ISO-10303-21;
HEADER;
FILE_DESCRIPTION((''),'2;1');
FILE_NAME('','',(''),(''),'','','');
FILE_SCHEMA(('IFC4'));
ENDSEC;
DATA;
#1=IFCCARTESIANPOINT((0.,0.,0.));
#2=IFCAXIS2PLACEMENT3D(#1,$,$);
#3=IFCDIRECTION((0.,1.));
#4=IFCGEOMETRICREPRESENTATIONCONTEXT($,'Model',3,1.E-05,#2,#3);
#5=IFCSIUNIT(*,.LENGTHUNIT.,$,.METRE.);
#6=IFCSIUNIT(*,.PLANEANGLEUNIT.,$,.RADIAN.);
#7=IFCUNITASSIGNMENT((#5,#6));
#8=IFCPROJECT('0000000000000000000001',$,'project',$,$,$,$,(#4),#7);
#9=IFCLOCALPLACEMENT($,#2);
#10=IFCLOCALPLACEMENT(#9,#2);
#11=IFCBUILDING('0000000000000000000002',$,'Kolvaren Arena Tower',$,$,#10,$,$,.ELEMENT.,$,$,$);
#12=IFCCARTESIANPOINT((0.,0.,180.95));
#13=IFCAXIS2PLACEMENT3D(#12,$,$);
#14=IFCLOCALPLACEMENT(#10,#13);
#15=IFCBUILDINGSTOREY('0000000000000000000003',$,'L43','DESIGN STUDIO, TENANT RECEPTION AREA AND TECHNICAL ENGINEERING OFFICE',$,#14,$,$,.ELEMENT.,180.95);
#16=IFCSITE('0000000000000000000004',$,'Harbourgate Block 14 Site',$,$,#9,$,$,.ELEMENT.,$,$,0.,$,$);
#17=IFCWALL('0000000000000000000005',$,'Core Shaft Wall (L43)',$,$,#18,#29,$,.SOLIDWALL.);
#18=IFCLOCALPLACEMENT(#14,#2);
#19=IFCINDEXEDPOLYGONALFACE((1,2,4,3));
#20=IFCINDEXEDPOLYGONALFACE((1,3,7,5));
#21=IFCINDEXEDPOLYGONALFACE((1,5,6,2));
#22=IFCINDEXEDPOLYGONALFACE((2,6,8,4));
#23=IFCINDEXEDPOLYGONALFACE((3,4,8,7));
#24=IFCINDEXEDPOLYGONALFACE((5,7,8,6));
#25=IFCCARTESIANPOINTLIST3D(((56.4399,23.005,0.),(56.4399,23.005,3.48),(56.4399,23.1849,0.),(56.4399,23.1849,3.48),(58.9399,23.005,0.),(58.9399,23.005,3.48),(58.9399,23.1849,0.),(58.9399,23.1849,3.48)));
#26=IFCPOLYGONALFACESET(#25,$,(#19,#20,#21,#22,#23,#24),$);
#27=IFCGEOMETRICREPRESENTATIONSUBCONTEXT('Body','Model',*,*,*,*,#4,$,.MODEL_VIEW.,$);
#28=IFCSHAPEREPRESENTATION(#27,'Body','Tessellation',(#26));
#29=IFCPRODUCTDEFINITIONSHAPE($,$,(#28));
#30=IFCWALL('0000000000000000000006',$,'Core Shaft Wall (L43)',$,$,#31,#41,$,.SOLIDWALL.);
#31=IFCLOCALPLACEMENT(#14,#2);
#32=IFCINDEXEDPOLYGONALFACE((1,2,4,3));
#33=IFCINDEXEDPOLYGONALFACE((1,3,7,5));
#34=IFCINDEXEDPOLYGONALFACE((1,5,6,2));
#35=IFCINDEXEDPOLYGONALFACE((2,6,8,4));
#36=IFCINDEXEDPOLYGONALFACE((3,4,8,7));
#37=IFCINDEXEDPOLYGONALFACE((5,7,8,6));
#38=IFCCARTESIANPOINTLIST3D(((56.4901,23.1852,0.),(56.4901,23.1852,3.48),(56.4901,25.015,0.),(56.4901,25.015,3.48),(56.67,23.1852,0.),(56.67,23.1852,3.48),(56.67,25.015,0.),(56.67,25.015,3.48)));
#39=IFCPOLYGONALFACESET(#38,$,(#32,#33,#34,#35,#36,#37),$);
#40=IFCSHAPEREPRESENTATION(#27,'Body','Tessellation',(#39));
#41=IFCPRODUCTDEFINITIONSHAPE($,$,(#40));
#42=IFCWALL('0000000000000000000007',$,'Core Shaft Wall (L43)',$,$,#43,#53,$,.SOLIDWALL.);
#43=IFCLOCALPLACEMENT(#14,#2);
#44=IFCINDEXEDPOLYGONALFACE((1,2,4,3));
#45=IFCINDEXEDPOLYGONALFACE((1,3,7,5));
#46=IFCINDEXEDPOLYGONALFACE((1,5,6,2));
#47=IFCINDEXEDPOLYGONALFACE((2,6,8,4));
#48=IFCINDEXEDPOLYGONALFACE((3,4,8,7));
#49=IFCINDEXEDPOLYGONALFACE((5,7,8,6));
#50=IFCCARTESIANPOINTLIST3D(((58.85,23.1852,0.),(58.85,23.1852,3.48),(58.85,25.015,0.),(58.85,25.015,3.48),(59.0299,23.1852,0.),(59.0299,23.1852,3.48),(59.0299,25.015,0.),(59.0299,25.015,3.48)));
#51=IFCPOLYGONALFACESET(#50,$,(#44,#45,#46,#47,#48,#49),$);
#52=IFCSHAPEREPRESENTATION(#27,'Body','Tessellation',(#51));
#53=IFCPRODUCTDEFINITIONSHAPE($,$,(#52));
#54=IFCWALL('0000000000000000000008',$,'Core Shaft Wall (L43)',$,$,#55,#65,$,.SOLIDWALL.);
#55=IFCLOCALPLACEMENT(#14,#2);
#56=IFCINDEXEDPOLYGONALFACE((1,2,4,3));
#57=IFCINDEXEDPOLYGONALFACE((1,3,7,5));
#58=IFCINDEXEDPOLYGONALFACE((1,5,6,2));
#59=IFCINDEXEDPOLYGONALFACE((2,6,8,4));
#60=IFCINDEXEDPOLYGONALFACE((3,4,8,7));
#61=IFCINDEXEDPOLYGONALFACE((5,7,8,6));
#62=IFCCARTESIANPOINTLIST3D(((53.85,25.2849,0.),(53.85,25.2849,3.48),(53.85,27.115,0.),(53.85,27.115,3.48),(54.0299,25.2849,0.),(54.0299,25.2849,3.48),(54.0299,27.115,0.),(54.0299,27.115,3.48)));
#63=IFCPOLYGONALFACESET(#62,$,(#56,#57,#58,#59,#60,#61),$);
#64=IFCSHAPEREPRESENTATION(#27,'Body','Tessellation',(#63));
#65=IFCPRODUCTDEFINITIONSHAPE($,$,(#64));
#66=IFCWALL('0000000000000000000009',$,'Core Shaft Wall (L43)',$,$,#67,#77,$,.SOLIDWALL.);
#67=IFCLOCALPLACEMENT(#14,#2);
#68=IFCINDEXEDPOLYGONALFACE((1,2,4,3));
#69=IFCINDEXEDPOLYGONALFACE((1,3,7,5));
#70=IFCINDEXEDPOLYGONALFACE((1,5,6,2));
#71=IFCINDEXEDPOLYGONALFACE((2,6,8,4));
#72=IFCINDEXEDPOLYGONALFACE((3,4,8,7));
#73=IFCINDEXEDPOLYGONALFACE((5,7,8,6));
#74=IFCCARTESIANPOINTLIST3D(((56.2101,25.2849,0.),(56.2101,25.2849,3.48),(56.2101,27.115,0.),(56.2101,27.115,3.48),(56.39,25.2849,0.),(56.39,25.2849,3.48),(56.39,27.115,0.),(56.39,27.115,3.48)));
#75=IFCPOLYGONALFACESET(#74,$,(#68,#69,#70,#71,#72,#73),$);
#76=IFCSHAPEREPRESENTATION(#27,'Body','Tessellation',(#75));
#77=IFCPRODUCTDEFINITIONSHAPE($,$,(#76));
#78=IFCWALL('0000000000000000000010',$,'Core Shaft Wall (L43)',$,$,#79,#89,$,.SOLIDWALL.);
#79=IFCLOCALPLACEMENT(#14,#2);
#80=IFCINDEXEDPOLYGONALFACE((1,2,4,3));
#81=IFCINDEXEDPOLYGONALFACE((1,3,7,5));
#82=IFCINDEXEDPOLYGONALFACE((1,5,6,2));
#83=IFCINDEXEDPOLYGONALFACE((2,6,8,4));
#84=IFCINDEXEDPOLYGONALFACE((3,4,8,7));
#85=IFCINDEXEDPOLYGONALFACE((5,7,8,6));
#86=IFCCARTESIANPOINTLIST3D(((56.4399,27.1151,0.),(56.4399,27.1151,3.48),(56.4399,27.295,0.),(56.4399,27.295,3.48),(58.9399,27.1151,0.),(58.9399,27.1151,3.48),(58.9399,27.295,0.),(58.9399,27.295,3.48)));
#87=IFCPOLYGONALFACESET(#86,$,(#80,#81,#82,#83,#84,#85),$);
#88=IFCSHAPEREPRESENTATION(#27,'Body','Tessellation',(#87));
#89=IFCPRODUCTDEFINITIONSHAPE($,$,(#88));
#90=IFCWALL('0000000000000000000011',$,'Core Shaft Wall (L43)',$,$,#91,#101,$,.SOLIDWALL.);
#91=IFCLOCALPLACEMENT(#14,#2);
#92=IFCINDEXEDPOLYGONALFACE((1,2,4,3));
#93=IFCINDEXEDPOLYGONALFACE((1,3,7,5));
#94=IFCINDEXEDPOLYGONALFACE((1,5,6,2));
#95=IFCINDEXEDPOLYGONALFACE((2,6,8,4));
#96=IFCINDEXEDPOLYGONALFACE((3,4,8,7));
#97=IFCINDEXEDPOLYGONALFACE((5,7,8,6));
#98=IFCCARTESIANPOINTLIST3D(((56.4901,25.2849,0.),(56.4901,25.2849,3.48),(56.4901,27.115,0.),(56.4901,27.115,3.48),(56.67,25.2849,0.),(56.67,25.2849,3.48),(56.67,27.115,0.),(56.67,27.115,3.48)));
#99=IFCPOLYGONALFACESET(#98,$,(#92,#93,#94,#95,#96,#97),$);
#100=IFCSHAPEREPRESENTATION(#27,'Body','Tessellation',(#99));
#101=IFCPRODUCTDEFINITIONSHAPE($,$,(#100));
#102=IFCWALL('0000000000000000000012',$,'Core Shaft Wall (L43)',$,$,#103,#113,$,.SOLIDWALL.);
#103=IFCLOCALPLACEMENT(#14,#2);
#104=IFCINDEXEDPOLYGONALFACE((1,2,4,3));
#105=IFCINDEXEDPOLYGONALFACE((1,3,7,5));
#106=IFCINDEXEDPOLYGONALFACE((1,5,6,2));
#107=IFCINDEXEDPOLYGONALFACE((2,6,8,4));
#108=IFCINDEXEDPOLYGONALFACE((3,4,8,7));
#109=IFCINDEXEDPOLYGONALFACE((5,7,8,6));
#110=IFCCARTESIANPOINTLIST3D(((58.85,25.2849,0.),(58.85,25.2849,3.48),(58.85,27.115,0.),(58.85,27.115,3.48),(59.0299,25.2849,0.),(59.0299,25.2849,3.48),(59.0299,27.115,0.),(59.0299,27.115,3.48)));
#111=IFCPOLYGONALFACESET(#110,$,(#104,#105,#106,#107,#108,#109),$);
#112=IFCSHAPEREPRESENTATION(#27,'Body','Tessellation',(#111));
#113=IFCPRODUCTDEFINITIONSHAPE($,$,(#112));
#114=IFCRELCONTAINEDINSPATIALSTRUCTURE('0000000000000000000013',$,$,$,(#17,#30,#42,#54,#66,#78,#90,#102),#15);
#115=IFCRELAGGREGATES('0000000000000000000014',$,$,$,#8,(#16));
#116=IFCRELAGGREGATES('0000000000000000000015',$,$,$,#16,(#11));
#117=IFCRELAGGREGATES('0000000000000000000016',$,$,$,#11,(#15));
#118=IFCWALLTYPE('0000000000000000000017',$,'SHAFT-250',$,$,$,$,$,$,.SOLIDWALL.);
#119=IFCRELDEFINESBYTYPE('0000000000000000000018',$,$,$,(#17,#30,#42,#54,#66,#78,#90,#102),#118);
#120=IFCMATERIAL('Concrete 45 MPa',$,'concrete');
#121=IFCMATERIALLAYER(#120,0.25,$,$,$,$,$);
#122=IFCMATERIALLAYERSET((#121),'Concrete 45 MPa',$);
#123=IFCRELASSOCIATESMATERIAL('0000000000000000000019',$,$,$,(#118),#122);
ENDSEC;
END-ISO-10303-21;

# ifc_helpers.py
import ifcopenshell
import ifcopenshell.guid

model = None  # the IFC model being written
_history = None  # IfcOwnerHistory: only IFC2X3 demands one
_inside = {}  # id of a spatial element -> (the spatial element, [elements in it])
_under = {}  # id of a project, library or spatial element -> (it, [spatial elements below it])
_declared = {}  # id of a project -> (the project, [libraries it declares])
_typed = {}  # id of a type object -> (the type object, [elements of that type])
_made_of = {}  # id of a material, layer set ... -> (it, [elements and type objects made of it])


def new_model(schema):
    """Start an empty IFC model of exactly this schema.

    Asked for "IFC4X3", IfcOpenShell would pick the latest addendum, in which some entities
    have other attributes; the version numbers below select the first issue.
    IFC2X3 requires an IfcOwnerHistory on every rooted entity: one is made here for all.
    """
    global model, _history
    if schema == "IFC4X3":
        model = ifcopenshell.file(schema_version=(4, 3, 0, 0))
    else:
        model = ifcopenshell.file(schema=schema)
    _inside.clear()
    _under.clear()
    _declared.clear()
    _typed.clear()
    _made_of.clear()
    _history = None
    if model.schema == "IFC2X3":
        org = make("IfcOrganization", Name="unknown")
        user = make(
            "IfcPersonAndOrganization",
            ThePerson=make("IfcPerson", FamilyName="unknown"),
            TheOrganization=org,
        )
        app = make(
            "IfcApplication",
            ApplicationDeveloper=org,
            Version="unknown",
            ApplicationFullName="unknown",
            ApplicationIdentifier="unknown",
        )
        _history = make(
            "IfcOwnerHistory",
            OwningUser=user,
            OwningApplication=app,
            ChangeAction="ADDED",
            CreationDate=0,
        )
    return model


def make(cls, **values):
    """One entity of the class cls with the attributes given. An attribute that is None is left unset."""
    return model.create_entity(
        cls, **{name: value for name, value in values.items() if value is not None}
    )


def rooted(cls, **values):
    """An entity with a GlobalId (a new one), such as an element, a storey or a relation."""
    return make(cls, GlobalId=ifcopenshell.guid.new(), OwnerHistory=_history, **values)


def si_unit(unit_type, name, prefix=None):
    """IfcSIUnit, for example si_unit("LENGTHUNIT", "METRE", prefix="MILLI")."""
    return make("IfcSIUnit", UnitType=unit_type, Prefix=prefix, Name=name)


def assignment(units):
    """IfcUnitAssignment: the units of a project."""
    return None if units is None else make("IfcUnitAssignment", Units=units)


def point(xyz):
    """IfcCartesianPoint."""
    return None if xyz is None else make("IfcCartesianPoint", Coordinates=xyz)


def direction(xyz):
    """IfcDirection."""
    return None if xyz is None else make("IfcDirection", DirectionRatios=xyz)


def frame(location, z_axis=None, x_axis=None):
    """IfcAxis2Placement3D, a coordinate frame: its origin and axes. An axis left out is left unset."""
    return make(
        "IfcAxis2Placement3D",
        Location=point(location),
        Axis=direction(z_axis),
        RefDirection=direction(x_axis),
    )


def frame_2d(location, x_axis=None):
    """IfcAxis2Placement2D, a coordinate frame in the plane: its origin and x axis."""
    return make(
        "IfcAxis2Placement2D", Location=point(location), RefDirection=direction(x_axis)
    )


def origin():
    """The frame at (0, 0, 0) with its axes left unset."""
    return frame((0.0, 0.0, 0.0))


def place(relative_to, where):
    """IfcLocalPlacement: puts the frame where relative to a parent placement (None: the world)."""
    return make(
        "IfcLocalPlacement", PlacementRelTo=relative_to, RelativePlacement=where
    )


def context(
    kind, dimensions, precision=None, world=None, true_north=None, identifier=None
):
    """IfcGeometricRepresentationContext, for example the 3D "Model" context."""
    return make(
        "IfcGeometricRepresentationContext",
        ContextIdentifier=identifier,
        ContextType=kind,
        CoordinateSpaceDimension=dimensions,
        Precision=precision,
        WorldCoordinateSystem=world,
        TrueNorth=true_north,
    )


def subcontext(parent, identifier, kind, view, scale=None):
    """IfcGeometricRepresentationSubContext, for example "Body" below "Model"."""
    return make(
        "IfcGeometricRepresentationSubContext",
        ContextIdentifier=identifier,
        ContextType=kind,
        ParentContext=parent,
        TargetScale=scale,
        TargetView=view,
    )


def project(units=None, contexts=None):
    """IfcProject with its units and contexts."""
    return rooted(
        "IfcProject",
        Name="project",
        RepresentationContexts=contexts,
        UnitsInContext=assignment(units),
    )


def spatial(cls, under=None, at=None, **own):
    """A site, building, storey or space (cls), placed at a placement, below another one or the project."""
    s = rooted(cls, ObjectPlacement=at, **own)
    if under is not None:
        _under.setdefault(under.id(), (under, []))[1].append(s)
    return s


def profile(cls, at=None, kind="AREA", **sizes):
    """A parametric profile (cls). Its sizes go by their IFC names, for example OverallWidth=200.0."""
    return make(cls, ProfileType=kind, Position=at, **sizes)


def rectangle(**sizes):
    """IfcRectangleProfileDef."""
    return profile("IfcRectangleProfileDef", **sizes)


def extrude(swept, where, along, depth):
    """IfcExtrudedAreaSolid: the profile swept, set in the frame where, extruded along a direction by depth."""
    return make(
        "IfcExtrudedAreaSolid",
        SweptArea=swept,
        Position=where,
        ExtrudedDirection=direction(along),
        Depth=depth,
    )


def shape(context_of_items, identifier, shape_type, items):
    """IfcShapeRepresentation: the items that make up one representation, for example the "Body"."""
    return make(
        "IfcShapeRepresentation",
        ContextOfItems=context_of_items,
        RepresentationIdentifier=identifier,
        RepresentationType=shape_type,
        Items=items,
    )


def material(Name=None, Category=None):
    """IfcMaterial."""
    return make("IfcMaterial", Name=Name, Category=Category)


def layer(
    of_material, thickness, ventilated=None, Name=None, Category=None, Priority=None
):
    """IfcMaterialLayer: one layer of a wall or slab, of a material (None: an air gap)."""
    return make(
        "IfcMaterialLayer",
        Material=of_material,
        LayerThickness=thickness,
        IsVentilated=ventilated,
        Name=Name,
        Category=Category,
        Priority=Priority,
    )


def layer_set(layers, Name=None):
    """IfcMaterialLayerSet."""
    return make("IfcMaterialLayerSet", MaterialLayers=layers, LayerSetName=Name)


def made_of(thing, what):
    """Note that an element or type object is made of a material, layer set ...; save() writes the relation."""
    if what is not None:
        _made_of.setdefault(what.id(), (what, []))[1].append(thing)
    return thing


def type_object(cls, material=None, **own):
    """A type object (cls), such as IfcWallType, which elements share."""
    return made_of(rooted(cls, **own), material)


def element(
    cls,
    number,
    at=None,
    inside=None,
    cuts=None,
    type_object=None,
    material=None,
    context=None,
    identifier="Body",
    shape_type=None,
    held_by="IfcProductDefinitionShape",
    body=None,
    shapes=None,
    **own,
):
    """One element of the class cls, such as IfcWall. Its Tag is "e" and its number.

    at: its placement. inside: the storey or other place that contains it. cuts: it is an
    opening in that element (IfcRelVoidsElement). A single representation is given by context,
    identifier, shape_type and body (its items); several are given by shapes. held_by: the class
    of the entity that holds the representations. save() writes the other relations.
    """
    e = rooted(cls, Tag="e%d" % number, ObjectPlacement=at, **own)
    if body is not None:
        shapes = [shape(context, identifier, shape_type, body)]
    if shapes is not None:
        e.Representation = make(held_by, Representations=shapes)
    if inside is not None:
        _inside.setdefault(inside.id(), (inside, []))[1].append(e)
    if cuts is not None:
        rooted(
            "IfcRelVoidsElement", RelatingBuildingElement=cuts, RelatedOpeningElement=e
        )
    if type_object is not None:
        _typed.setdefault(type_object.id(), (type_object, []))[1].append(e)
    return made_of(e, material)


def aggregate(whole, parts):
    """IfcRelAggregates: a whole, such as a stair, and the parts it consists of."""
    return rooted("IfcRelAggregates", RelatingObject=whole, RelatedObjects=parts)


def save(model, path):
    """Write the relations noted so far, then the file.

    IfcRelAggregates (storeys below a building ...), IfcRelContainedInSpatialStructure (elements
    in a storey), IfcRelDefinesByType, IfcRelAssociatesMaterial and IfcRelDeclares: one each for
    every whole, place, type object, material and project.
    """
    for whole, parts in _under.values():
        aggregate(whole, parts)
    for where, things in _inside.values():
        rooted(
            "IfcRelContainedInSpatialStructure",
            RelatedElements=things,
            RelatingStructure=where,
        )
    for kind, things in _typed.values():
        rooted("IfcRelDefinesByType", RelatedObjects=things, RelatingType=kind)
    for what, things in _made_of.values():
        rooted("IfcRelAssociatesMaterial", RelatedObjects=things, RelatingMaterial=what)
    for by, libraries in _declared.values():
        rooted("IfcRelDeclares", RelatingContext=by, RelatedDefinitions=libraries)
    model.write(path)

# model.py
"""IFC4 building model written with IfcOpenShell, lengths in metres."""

from ifc_helpers import new_model, si_unit, direction, frame, frame_2d, origin, place, context, subcontext, project, spatial, rectangle, extrude, material, layer, layer_set, type_object, element, save


model = new_model("IFC4")

# Units and contexts
model_context = context("Model", 3, precision=1e-05, world=origin(), true_north=direction((0.0, 1.0)))
body_context = subcontext(model_context, "Body", "Model", "MODEL_VIEW")
ifc_project = project(units=[si_unit("LENGTHUNIT", "METRE"), si_unit("PLANEANGLEUNIT", "RADIAN")], contexts=[model_context])

# Site, building, storey
site_placement = place(None, origin())
site = spatial("IfcSite", under=ifc_project, at=site_placement, Name="Harbourgate Block 14 Site", CompositionType="ELEMENT", RefElevation=0.0)
building_placement = place(site_placement, origin())
building = spatial("IfcBuilding", under=site, at=building_placement, Name="Kolvaren Arena Tower", CompositionType="ELEMENT")
storey_placement = place(building_placement, frame((0.0, 0.0, 180.95)))
storey = spatial("IfcBuildingStorey", under=building, at=storey_placement, Name="L43", Description="DESIGN STUDIO, TENANT RECEPTION AREA AND TECHNICAL ENGINEERING OFFICE", CompositionType="ELEMENT", Elevation=180.95)

# Walls
ifc_material_1 = material(Name="Concrete 45 MPa", Category="concrete")
ifc_layer_1 = layer(ifc_material_1, 0.25)
ifc_layer_set_1 = layer_set([ifc_layer_1], Name="Concrete 45 MPa")
wall_type_1 = type_object("IfcWallType", Name="SHAFT-250", PredefinedType="SOLIDWALL", material=ifc_layer_set_1)
for number, where, z_axis, x_axis, name in (
    (1, (56.4399, 23.095, 0.0), (0.0, 0.0, 1.0), (1.0, 0.0, 0.0), "Core Shaft Wall (L43)"),
):
    element("IfcWall", number, at=place(storey_placement, frame(where, z_axis=z_axis, x_axis=x_axis)), inside=storey, type_object=wall_type_1, Name=name, PredefinedType="SOLIDWALL", context=body_context, shape_type="SweptSolid", body=[
        extrude(rectangle(XDim=2.5, YDim=0.1799, at=frame_2d((1.25, 0.0))), origin(), (0.0, 0.0, 1.0), 3.48),
    ])
for number, where, z_axis, x_axis, name in (
    (2, (56.5801, 23.1851, 0.0), (0.0, 0.0, 1.0), (0.0, 1.0, 0.0), "Core Shaft Wall (L43)"),
    (3, (58.9399, 23.1851, 0.0), (0.0, 0.0, 1.0), (0.0, 1.0, 0.0), "Core Shaft Wall (L43)"),
):
    element("IfcWall", number, at=place(storey_placement, frame(where, z_axis=z_axis, x_axis=x_axis)), inside=storey, type_object=wall_type_1, Name=name, PredefinedType="SOLIDWALL", context=body_context, shape_type="SweptSolid", body=[
        extrude(rectangle(XDim=1.8298, YDim=0.1799, at=frame_2d((0.915, 0.0))), origin(), (0.0, 0.0, 1.0), 3.48),
    ])
for number, where, z_axis, x_axis, name in (
    (4, (53.9399, 25.2849, 0.0), (0.0, 0.0, 1.0), (0.0, 1.0, 0.0), "Core Shaft Wall (L43)"),
    (5, (56.3, 25.2849, 0.0), (0.0, 0.0, 1.0), (0.0, 1.0, 0.0), "Core Shaft Wall (L43)"),
):
    element("IfcWall", number, at=place(storey_placement, frame(where, z_axis=z_axis, x_axis=x_axis)), inside=storey, type_object=wall_type_1, Name=name, PredefinedType="SOLIDWALL", context=body_context, shape_type="SweptSolid", body=[
        extrude(rectangle(XDim=1.8301, YDim=0.1799, at=frame_2d((0.915, 0.0))), origin(), (0.0, 0.0, 1.0), 3.48),
    ])
wall_1_placement = place(storey_placement, frame((56.4399, 27.2051, 0.0), z_axis=(0.0, 0.0, 1.0), x_axis=(1.0, 0.0, 0.0)))
element("IfcWall", 6, at=wall_1_placement, inside=storey, type_object=wall_type_1, Name="Core Shaft Wall (L43)", PredefinedType="SOLIDWALL", context=body_context, shape_type="SweptSolid", body=[
    extrude(rectangle(XDim=2.5, YDim=0.1799, at=frame_2d((1.25, 0.0))), origin(), (0.0, 0.0, 1.0), 3.48),
])
for number, where, z_axis, x_axis, name in (
    (7, (56.5801, 25.2849, 0.0), (0.0, 0.0, 1.0), (0.0, 1.0, 0.0), "Core Shaft Wall (L43)"),
    (8, (58.9399, 25.2849, 0.0), (0.0, 0.0, 1.0), (0.0, 1.0, 0.0), "Core Shaft Wall (L43)"),
):
    element("IfcWall", number, at=place(storey_placement, frame(where, z_axis=z_axis, x_axis=x_axis)), inside=storey, type_object=wall_type_1, Name=name, PredefinedType="SOLIDWALL", context=body_context, shape_type="SweptSolid", body=[
        extrude(rectangle(XDim=1.8301, YDim=0.1799, at=frame_2d((0.915, 0.0))), origin(), (0.0, 0.0, 1.0), 3.48),
    ])

save(model, "model.ifc")
